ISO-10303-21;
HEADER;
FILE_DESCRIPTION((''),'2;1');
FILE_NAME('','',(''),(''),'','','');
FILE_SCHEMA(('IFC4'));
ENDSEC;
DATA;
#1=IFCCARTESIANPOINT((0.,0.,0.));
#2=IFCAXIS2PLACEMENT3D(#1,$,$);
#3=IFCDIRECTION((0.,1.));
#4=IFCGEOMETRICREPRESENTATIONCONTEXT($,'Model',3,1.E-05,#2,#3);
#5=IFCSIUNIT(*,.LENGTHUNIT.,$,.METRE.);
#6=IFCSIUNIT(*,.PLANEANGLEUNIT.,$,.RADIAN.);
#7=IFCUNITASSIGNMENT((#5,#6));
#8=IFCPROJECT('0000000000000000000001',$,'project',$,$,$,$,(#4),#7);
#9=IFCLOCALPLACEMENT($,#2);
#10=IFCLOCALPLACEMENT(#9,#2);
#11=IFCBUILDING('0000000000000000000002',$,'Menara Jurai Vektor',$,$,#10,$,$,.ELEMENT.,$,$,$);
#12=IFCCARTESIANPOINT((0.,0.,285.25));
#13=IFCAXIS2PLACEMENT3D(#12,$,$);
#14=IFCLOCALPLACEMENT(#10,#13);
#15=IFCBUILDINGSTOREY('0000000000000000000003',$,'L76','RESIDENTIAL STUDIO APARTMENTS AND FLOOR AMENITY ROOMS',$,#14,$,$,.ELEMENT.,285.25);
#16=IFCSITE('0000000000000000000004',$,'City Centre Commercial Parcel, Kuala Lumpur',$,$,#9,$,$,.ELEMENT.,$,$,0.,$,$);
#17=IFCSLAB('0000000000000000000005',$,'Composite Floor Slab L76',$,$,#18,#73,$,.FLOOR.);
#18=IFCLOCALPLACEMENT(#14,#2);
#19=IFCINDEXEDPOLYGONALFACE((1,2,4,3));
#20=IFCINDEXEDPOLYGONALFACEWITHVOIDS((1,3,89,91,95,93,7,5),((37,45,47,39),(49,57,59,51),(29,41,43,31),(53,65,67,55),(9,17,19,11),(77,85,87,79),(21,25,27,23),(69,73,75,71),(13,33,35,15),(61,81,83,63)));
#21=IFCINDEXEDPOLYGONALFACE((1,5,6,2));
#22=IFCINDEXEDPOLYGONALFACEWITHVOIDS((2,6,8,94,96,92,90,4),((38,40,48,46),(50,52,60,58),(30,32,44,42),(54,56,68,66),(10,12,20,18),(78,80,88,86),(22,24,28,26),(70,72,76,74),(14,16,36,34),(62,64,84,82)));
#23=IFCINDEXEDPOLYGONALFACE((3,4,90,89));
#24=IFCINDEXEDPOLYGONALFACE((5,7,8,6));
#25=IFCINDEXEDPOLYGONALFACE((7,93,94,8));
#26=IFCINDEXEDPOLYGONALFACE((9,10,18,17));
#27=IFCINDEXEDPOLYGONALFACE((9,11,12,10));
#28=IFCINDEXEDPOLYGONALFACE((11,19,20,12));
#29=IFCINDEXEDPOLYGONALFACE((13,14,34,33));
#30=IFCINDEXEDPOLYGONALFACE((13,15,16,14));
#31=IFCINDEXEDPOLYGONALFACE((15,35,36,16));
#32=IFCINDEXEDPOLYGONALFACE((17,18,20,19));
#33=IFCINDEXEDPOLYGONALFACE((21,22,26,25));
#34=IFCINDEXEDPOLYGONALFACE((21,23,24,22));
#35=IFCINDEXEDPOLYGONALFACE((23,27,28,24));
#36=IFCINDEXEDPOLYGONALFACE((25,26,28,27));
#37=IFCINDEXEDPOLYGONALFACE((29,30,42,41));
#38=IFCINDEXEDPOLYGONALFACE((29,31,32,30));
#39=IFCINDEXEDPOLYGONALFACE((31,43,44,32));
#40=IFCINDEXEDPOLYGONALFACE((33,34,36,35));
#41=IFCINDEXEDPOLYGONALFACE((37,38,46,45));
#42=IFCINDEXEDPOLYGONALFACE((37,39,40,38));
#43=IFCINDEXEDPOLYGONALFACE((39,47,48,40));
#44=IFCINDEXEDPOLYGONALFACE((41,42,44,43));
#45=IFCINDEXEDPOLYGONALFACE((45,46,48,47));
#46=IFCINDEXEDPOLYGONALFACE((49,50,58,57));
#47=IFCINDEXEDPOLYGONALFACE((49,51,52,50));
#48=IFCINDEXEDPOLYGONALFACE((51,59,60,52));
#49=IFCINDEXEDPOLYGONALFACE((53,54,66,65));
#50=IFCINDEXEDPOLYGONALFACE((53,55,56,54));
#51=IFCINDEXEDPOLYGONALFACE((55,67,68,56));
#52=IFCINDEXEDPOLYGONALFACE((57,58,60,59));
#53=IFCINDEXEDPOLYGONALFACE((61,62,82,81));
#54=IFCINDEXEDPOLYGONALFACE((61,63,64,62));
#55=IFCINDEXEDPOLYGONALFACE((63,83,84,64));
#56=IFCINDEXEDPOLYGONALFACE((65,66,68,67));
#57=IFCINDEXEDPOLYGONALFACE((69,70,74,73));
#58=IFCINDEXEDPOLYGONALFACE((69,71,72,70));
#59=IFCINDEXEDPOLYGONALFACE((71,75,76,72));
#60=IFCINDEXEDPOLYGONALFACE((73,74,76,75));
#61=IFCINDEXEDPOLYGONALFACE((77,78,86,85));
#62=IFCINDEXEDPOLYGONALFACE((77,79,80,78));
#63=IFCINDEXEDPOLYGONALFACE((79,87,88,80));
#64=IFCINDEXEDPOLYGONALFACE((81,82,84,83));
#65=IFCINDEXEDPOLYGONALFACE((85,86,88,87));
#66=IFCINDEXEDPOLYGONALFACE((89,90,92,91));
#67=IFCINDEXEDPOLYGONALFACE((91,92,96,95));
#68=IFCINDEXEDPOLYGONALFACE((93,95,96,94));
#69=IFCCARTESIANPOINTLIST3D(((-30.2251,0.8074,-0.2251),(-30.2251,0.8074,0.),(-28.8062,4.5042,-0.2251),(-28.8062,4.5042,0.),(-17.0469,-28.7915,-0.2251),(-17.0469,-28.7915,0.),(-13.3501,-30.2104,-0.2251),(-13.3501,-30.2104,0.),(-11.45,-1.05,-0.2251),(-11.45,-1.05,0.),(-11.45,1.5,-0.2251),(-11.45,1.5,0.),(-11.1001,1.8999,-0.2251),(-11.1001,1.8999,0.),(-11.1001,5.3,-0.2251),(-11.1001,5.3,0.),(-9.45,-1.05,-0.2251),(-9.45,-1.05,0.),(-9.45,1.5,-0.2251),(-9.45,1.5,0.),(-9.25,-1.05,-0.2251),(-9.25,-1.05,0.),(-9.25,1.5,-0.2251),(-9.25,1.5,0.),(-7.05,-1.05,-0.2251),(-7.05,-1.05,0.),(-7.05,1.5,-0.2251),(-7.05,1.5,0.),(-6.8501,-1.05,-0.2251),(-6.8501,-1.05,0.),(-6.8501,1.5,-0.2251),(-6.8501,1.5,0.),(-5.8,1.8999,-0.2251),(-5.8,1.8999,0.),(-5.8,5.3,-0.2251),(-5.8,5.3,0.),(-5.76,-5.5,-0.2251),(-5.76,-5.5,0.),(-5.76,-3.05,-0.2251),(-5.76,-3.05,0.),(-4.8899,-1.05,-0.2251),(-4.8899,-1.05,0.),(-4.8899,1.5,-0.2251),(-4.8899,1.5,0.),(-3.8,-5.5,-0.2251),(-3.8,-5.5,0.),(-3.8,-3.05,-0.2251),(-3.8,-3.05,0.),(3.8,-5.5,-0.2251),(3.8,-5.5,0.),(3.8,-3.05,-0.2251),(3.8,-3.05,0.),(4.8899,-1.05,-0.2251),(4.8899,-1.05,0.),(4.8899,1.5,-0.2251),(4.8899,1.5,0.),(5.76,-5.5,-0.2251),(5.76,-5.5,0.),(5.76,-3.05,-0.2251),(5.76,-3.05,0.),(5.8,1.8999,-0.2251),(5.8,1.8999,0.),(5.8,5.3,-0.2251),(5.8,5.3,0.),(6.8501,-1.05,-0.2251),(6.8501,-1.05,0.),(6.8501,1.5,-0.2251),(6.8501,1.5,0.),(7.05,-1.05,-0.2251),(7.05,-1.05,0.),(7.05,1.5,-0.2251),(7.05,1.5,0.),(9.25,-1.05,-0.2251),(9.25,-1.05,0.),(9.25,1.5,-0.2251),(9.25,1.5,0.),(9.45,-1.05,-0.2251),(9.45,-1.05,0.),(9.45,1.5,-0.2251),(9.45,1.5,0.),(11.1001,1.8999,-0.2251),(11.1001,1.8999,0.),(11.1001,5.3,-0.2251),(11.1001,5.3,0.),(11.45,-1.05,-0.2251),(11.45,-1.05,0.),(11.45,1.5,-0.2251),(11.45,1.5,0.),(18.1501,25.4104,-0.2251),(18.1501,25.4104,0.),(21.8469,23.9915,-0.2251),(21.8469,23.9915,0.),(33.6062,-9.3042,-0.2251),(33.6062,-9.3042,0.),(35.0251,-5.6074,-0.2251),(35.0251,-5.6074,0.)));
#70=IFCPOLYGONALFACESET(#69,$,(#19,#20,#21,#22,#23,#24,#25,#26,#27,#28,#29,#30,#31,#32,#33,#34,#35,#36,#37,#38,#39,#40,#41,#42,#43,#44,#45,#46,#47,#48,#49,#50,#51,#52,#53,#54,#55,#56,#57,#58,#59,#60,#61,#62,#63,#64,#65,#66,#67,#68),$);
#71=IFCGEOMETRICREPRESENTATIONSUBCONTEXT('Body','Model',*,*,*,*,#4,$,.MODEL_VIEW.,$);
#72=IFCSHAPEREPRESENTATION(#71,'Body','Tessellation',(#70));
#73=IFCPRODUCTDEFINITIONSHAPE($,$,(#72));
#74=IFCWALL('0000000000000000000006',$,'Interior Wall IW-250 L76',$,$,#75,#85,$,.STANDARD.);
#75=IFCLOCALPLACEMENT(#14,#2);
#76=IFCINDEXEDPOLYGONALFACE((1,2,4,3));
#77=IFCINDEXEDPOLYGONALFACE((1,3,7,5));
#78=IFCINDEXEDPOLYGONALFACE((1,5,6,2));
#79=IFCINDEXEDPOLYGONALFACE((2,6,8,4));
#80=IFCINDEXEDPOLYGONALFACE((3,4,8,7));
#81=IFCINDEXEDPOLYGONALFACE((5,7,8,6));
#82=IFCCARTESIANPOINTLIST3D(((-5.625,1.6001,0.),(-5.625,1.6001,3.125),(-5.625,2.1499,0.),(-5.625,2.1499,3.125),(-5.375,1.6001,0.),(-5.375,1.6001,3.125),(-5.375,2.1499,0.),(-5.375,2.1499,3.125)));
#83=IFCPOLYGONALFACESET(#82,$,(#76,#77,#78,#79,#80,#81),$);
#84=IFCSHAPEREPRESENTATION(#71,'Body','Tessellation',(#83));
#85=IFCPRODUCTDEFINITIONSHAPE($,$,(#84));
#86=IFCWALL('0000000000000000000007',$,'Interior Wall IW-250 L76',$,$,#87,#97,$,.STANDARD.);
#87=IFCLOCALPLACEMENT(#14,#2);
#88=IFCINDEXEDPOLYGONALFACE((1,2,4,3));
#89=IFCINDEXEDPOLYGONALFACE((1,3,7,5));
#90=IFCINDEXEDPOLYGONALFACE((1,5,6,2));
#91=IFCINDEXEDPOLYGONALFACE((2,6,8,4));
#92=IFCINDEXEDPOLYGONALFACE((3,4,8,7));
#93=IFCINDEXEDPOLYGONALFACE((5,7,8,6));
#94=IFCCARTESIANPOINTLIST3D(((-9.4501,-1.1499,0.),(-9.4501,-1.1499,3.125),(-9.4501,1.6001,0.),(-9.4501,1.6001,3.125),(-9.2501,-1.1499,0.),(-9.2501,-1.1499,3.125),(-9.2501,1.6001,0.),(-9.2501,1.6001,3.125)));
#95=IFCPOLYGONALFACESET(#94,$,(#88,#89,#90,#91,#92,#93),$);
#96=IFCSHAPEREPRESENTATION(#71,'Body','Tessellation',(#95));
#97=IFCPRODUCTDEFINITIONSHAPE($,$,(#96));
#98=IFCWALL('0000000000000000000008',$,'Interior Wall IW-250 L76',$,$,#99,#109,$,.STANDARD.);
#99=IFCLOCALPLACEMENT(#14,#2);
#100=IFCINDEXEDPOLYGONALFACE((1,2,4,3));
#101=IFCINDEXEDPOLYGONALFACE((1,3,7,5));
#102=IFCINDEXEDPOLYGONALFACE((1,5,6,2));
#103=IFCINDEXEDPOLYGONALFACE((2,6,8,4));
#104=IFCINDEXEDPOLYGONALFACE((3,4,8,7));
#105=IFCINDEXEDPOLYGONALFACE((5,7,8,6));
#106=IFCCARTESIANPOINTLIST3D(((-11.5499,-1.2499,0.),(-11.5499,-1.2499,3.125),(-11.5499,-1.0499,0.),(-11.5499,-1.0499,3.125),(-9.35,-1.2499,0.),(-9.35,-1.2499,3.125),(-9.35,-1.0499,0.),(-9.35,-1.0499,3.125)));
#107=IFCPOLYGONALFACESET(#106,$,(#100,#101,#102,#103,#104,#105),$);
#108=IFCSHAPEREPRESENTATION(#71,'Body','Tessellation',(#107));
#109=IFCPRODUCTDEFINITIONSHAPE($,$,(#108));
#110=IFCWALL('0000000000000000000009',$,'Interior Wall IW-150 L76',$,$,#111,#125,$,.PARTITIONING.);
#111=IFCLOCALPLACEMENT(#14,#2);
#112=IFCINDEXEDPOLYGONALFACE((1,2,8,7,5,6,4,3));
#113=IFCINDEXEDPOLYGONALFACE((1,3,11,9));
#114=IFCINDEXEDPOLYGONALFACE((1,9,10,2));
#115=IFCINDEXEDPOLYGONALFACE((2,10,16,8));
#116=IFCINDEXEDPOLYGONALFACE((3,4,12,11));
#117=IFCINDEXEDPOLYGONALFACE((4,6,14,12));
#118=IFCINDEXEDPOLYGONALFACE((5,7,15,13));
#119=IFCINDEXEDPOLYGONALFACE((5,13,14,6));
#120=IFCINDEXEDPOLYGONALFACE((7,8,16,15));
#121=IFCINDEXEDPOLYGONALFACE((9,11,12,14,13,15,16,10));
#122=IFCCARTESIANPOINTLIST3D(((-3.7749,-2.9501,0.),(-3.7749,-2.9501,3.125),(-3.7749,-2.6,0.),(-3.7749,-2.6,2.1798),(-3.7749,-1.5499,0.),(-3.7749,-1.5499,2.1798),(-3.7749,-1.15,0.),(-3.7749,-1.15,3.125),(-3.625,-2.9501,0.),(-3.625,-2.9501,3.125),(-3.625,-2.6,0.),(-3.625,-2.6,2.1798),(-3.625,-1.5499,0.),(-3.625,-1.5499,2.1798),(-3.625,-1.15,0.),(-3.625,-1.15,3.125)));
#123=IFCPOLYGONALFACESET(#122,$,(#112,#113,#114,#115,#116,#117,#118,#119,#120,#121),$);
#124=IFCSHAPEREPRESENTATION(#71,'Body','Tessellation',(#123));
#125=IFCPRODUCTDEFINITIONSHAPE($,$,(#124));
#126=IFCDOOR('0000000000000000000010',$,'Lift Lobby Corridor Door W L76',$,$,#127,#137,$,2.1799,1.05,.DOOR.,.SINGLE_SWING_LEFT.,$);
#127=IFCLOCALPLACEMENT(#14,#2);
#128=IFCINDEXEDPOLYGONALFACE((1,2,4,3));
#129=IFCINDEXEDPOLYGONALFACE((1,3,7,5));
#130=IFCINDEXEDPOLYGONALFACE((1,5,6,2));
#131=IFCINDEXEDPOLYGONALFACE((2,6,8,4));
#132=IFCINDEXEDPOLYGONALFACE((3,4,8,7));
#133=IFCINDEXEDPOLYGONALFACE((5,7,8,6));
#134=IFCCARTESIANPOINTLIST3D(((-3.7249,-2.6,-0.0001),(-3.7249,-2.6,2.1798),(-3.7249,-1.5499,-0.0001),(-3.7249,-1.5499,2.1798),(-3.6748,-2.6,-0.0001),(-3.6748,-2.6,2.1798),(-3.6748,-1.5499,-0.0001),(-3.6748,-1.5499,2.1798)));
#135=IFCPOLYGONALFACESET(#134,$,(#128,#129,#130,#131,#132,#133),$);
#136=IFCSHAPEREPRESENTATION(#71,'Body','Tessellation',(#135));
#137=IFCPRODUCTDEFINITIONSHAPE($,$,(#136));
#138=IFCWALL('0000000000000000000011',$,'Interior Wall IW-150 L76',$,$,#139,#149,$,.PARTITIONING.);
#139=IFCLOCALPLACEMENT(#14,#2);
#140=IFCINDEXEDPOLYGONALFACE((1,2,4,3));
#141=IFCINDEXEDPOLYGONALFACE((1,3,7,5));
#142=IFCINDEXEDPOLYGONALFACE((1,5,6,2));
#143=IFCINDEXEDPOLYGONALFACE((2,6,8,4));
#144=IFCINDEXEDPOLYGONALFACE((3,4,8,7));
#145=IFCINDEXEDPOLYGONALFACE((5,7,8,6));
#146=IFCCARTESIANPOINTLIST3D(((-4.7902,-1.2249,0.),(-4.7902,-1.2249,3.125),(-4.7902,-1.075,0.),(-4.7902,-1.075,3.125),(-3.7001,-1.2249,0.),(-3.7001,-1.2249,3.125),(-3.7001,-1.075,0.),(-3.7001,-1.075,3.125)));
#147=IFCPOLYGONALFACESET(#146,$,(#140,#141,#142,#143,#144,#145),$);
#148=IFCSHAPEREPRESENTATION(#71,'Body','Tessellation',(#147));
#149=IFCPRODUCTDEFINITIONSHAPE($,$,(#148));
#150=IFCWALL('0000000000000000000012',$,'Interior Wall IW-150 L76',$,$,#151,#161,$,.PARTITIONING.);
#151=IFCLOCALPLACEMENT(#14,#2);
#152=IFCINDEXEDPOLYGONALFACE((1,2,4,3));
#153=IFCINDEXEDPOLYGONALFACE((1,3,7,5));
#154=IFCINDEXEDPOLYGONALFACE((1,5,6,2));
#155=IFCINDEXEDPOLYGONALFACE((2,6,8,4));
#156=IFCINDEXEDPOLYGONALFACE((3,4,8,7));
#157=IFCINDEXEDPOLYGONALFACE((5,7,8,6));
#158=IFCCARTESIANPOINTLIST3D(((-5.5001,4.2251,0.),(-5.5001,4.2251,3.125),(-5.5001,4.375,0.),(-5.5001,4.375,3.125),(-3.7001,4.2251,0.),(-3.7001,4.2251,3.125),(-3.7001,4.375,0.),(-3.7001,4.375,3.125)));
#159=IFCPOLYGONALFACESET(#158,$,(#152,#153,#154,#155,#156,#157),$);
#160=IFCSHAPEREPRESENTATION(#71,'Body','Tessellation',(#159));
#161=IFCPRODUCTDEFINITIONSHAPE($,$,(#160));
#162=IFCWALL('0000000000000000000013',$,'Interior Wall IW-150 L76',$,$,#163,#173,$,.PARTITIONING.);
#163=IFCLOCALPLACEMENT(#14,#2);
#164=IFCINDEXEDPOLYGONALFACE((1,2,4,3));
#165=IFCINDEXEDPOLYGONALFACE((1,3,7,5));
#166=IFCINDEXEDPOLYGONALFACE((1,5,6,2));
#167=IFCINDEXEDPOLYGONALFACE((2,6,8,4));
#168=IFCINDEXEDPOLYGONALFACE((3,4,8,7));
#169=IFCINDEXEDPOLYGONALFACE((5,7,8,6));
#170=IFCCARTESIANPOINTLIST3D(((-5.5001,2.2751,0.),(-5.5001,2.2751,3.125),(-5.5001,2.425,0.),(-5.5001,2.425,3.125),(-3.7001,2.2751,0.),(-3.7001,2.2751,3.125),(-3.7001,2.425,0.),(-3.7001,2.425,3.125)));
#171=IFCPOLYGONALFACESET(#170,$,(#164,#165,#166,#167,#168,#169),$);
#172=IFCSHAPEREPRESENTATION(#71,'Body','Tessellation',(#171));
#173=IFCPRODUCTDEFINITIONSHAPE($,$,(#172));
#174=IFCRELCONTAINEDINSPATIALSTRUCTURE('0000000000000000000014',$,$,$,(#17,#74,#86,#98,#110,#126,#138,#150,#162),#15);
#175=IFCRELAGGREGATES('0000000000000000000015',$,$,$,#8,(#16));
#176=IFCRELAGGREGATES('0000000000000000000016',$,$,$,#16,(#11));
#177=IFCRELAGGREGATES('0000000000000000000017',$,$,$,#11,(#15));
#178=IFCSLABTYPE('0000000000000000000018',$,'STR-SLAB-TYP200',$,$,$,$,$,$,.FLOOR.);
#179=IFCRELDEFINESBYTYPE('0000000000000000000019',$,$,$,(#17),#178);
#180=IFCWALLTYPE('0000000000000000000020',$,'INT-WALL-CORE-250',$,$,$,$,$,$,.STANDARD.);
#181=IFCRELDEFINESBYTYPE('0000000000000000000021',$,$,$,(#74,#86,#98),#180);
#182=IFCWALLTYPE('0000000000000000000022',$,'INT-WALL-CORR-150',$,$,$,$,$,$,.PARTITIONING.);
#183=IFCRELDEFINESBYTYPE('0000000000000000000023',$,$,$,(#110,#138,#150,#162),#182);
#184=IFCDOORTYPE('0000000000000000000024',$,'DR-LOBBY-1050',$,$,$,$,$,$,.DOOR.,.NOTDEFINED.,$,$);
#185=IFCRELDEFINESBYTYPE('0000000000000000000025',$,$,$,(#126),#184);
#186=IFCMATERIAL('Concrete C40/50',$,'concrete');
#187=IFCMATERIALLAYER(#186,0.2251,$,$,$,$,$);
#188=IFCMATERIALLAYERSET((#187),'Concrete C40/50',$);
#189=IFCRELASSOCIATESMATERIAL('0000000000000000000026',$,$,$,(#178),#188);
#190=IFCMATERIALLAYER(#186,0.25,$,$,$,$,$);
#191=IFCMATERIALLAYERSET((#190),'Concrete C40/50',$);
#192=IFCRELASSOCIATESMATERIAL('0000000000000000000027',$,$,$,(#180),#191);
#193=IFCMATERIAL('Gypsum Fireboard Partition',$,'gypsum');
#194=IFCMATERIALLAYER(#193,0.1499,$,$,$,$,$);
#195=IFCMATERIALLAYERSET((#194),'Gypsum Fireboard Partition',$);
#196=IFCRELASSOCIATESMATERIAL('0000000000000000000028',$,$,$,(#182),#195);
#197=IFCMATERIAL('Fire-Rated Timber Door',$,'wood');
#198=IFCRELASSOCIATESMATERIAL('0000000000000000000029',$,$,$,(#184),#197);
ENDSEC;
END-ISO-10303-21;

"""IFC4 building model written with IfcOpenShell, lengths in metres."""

from ifc_helpers import new_model, si_unit, direction, frame, frame_2d, origin, place, context, subcontext, project, spatial, polyline, rectangle, outline, extrude, material, layer, layer_set, type_object, element, fill, save


model = new_model("IFC4")

# Units and contexts
model_context = context("Model", 3, precision=1e-05, world=origin(), true_north=direction((0.0, 1.0)))
body_context = subcontext(model_context, "Body", "Model", "MODEL_VIEW")
ifc_project = project(units=[si_unit("LENGTHUNIT", "METRE"), si_unit("PLANEANGLEUNIT", "RADIAN")], contexts=[model_context])

# Site, building, storey
site_placement = place(None, origin())
site = spatial("IfcSite", under=ifc_project, at=site_placement, Name="City Centre Commercial Parcel, Kuala Lumpur", CompositionType="ELEMENT", RefElevation=0.0)
building_placement = place(site_placement, origin())
building = spatial("IfcBuilding", under=site, at=building_placement, Name="Menara Jurai Vektor", CompositionType="ELEMENT")
storey_placement = place(building_placement, frame((0.0, 0.0, 285.25)))
storey = spatial("IfcBuildingStorey", under=building, at=storey_placement, Name="L76", Description="RESIDENTIAL STUDIO APARTMENTS AND FLOOR AMENITY ROOMS", CompositionType="ELEMENT", Elevation=285.25)

# Shared definitions
ifc_material_1 = material(Name="Concrete C40/50", Category="concrete")

# Slab
ifc_layer_1 = layer(ifc_material_1, 0.2251)
ifc_layer_set_1 = layer_set([ifc_layer_1], Name="Concrete C40/50")
slab_type_1 = type_object("IfcSlabType", Name="STR-SLAB-TYP200", PredefinedType="FLOOR", material=ifc_layer_set_1)
slab_1_placement = place(storey_placement, frame((0.0, 0.0, -0.2251)))
element("IfcSlab", 1, at=slab_1_placement, inside=storey, type_object=slab_type_1, Name="Composite Floor Slab L76", PredefinedType="FLOOR", context=body_context, shape_type="SweptSolid", body=[
    extrude(outline(polyline([(-13.3501, -30.2104), (33.6062, -9.3042), (35.0251, -5.6074), (21.8469, 23.9915), (18.1501, 25.4104), (-28.8062, 4.5042), (-30.2251, 0.8074), (-17.0469, -28.7915), (-13.3501, -30.2104)]), holes=[polyline([(-11.1001, 1.8999), (-11.1001, 5.3), (-5.8, 5.3), (-5.8, 1.8999), (-11.1001, 1.8999)]), polyline([(5.8, 1.8999), (5.8, 5.3), (11.1001, 5.3), (11.1001, 1.8999), (5.8, 1.8999)]), polyline([(-11.45, -1.05), (-11.45, 1.5), (-9.45, 1.5), (-9.45, -1.05), (-11.45, -1.05)]), polyline([(9.45, -1.05), (9.45, 1.5), (11.45, 1.5), (11.45, -1.05), (9.45, -1.05)]), polyline([(-5.76, -5.5), (-5.76, -3.05), (-3.8, -3.05), (-3.8, -5.5), (-5.76, -5.5)]), polyline([(-6.8501, -1.05), (-6.8501, 1.5), (-4.8899, 1.5), (-4.8899, -1.05), (-6.8501, -1.05)]), polyline([(3.8, -5.5), (3.8, -3.05), (5.76, -3.05), (5.76, -5.5), (3.8, -5.5)]), polyline([(4.8899, -1.05), (4.8899, 1.5), (6.8501, 1.5), (6.8501, -1.05), (4.8899, -1.05)]), polyline([(-9.25, -1.05), (-9.25, 1.5), (-7.05, 1.5), (-7.05, -1.05), (-9.25, -1.05)]), polyline([(7.05, -1.05), (7.05, 1.5), (9.25, 1.5), (9.25, -1.05), (7.05, -1.05)])]), origin(), (0.0, 0.0, 1.0), 0.2251),
])

# Wall
ifc_layer_2 = layer(ifc_material_1, 0.25)
ifc_layer_set_2 = layer_set([ifc_layer_2], Name="Concrete C40/50")
wall_type_1 = type_object("IfcWallType", Name="INT-WALL-CORE-250", PredefinedType="STANDARD", material=ifc_layer_set_2)
wall_1_placement = place(storey_placement, frame((-5.5, 1.6001, 0.0), z_axis=(0.0, 0.0, 1.0), x_axis=(0.0, 1.0, 0.0)))
element("IfcWall", 2, at=wall_1_placement, inside=storey, type_object=wall_type_1, Name="Interior Wall IW-250 L76", PredefinedType="STANDARD", context=body_context, shape_type="SweptSolid", body=[
    extrude(rectangle(XDim=0.5498, YDim=0.25, at=frame_2d((0.2749, 0.0))), origin(), (0.0, 0.0, 1.0), 3.125),
])

# Walls
wall_2_placement = place(storey_placement, frame((-9.3501, -1.1499, 0.0), z_axis=(0.0, 0.0, 1.0), x_axis=(0.0, 1.0, 0.0)))
element("IfcWall", 3, at=wall_2_placement, inside=storey, type_object=wall_type_1, Name="Interior Wall IW-250 L76", PredefinedType="STANDARD", context=body_context, shape_type="SweptSolid", body=[
    extrude(rectangle(XDim=2.75, YDim=0.2, at=frame_2d((1.375, 0.0))), origin(), (0.0, 0.0, 1.0), 3.125),
])
wall_3_placement = place(storey_placement, frame((-11.55, -1.1499, 0.0), z_axis=(0.0, 0.0, 1.0), x_axis=(1.0, 0.0, 0.0)))
element("IfcWall", 4, at=wall_3_placement, inside=storey, type_object=wall_type_1, Name="Interior Wall IW-250 L76", PredefinedType="STANDARD", context=body_context, shape_type="SweptSolid", body=[
    extrude(rectangle(XDim=2.2, YDim=0.2, at=frame_2d((1.1001, 0.0))), origin(), (0.0, 0.0, 1.0), 3.125),
])

# Wall, opening, door
ifc_material_2 = material(Name="Gypsum Fireboard Partition", Category="gypsum")
ifc_layer_3 = layer(ifc_material_2, 0.1499)
ifc_layer_set_3 = layer_set([ifc_layer_3], Name="Gypsum Fireboard Partition")
wall_type_2 = type_object("IfcWallType", Name="INT-WALL-CORR-150", PredefinedType="PARTITIONING", material=ifc_layer_set_3)
wall_4_placement = place(storey_placement, frame((-3.7, -2.95, 0.0), z_axis=(0.0, 0.0, 1.0), x_axis=(0.0, 1.0, 0.0)))
wall_4 = element("IfcWall", 5, at=wall_4_placement, inside=storey, type_object=wall_type_2, Name="Interior Wall IW-150 L76", PredefinedType="PARTITIONING", context=body_context, shape_type="SweptSolid", body=[
    extrude(rectangle(XDim=1.8, YDim=0.1499, at=frame_2d((0.8999, 0.0))), origin(), (0.0, 0.0, 1.0), 3.125),
])
opening_1_placement = place(wall_4_placement, frame((0.3501, 0.0, 0.0)))
opening_1 = element("IfcOpeningElement", 6, at=opening_1_placement, cuts=wall_4, PredefinedType="OPENING", context=body_context, shape_type="SweptSolid", body=[
    extrude(rectangle(XDim=1.05, YDim=2.1799, at=frame_2d((0.5249, 1.0898))), frame((0.0, 0.085, 0.0), z_axis=(0.0, -1.0, 0.0), x_axis=(1.0, 0.0, 0.0)), (0.0, 0.0, 1.0), 0.1699),
])
ifc_material_3 = material(Name="Fire-Rated Timber Door", Category="wood")
door_type_1 = type_object("IfcDoorType", Name="DR-LOBBY-1050", OperationType="NOTDEFINED", PredefinedType="DOOR", material=ifc_material_3)
door_1_placement = place(opening_1_placement, origin())
door_1 = element("IfcDoor", 7, at=door_1_placement, inside=storey, type_object=door_type_1, Name="Lift Lobby Corridor Door W L76", OperationType="SINGLE_SWING_LEFT", OverallHeight=2.1799, OverallWidth=1.05, PredefinedType="DOOR", context=body_context, shape_type="SweptSolid", body=[
    extrude(rectangle(XDim=1.05, YDim=2.1799, at=frame_2d((0.5249, 1.0898))), frame((0.0, 0.0249, 0.0), z_axis=(0.0, -1.0, 0.0), x_axis=(1.0, 0.0, 0.0)), (0.0, 0.0, 1.0), 0.05),
])
fill(opening_1, door_1)

# Walls
wall_5_placement = place(storey_placement, frame((-4.79, -1.1499, 0.0), z_axis=(0.0, 0.0, 1.0), x_axis=(1.0, 0.0, 0.0)))
element("IfcWall", 8, at=wall_5_placement, inside=storey, type_object=wall_type_2, Name="Interior Wall IW-150 L76", PredefinedType="PARTITIONING", context=body_context, shape_type="SweptSolid", body=[
    extrude(rectangle(XDim=1.0901, YDim=0.1499, at=frame_2d((0.5449, 0.0))), origin(), (0.0, 0.0, 1.0), 3.125),
])
for number, where, z_axis, x_axis, name in (
    (9, (-5.5, 4.3, 0.0), (0.0, 0.0, 1.0), (1.0, 0.0, 0.0), "Interior Wall IW-150 L76"),
    (10, (-5.5, 2.3501, 0.0), (0.0, 0.0, 1.0), (1.0, 0.0, 0.0), "Interior Wall IW-150 L76"),
):
    element("IfcWall", number, at=place(storey_placement, frame(where, z_axis=z_axis, x_axis=x_axis)), inside=storey, type_object=wall_type_2, Name=name, PredefinedType="PARTITIONING", context=body_context, shape_type="SweptSolid", body=[
        extrude(rectangle(XDim=1.8, YDim=0.1499, at=frame_2d((0.8999, 0.0))), origin(), (0.0, 0.0, 1.0), 3.125),
    ])

save(model, "model.ifc")
